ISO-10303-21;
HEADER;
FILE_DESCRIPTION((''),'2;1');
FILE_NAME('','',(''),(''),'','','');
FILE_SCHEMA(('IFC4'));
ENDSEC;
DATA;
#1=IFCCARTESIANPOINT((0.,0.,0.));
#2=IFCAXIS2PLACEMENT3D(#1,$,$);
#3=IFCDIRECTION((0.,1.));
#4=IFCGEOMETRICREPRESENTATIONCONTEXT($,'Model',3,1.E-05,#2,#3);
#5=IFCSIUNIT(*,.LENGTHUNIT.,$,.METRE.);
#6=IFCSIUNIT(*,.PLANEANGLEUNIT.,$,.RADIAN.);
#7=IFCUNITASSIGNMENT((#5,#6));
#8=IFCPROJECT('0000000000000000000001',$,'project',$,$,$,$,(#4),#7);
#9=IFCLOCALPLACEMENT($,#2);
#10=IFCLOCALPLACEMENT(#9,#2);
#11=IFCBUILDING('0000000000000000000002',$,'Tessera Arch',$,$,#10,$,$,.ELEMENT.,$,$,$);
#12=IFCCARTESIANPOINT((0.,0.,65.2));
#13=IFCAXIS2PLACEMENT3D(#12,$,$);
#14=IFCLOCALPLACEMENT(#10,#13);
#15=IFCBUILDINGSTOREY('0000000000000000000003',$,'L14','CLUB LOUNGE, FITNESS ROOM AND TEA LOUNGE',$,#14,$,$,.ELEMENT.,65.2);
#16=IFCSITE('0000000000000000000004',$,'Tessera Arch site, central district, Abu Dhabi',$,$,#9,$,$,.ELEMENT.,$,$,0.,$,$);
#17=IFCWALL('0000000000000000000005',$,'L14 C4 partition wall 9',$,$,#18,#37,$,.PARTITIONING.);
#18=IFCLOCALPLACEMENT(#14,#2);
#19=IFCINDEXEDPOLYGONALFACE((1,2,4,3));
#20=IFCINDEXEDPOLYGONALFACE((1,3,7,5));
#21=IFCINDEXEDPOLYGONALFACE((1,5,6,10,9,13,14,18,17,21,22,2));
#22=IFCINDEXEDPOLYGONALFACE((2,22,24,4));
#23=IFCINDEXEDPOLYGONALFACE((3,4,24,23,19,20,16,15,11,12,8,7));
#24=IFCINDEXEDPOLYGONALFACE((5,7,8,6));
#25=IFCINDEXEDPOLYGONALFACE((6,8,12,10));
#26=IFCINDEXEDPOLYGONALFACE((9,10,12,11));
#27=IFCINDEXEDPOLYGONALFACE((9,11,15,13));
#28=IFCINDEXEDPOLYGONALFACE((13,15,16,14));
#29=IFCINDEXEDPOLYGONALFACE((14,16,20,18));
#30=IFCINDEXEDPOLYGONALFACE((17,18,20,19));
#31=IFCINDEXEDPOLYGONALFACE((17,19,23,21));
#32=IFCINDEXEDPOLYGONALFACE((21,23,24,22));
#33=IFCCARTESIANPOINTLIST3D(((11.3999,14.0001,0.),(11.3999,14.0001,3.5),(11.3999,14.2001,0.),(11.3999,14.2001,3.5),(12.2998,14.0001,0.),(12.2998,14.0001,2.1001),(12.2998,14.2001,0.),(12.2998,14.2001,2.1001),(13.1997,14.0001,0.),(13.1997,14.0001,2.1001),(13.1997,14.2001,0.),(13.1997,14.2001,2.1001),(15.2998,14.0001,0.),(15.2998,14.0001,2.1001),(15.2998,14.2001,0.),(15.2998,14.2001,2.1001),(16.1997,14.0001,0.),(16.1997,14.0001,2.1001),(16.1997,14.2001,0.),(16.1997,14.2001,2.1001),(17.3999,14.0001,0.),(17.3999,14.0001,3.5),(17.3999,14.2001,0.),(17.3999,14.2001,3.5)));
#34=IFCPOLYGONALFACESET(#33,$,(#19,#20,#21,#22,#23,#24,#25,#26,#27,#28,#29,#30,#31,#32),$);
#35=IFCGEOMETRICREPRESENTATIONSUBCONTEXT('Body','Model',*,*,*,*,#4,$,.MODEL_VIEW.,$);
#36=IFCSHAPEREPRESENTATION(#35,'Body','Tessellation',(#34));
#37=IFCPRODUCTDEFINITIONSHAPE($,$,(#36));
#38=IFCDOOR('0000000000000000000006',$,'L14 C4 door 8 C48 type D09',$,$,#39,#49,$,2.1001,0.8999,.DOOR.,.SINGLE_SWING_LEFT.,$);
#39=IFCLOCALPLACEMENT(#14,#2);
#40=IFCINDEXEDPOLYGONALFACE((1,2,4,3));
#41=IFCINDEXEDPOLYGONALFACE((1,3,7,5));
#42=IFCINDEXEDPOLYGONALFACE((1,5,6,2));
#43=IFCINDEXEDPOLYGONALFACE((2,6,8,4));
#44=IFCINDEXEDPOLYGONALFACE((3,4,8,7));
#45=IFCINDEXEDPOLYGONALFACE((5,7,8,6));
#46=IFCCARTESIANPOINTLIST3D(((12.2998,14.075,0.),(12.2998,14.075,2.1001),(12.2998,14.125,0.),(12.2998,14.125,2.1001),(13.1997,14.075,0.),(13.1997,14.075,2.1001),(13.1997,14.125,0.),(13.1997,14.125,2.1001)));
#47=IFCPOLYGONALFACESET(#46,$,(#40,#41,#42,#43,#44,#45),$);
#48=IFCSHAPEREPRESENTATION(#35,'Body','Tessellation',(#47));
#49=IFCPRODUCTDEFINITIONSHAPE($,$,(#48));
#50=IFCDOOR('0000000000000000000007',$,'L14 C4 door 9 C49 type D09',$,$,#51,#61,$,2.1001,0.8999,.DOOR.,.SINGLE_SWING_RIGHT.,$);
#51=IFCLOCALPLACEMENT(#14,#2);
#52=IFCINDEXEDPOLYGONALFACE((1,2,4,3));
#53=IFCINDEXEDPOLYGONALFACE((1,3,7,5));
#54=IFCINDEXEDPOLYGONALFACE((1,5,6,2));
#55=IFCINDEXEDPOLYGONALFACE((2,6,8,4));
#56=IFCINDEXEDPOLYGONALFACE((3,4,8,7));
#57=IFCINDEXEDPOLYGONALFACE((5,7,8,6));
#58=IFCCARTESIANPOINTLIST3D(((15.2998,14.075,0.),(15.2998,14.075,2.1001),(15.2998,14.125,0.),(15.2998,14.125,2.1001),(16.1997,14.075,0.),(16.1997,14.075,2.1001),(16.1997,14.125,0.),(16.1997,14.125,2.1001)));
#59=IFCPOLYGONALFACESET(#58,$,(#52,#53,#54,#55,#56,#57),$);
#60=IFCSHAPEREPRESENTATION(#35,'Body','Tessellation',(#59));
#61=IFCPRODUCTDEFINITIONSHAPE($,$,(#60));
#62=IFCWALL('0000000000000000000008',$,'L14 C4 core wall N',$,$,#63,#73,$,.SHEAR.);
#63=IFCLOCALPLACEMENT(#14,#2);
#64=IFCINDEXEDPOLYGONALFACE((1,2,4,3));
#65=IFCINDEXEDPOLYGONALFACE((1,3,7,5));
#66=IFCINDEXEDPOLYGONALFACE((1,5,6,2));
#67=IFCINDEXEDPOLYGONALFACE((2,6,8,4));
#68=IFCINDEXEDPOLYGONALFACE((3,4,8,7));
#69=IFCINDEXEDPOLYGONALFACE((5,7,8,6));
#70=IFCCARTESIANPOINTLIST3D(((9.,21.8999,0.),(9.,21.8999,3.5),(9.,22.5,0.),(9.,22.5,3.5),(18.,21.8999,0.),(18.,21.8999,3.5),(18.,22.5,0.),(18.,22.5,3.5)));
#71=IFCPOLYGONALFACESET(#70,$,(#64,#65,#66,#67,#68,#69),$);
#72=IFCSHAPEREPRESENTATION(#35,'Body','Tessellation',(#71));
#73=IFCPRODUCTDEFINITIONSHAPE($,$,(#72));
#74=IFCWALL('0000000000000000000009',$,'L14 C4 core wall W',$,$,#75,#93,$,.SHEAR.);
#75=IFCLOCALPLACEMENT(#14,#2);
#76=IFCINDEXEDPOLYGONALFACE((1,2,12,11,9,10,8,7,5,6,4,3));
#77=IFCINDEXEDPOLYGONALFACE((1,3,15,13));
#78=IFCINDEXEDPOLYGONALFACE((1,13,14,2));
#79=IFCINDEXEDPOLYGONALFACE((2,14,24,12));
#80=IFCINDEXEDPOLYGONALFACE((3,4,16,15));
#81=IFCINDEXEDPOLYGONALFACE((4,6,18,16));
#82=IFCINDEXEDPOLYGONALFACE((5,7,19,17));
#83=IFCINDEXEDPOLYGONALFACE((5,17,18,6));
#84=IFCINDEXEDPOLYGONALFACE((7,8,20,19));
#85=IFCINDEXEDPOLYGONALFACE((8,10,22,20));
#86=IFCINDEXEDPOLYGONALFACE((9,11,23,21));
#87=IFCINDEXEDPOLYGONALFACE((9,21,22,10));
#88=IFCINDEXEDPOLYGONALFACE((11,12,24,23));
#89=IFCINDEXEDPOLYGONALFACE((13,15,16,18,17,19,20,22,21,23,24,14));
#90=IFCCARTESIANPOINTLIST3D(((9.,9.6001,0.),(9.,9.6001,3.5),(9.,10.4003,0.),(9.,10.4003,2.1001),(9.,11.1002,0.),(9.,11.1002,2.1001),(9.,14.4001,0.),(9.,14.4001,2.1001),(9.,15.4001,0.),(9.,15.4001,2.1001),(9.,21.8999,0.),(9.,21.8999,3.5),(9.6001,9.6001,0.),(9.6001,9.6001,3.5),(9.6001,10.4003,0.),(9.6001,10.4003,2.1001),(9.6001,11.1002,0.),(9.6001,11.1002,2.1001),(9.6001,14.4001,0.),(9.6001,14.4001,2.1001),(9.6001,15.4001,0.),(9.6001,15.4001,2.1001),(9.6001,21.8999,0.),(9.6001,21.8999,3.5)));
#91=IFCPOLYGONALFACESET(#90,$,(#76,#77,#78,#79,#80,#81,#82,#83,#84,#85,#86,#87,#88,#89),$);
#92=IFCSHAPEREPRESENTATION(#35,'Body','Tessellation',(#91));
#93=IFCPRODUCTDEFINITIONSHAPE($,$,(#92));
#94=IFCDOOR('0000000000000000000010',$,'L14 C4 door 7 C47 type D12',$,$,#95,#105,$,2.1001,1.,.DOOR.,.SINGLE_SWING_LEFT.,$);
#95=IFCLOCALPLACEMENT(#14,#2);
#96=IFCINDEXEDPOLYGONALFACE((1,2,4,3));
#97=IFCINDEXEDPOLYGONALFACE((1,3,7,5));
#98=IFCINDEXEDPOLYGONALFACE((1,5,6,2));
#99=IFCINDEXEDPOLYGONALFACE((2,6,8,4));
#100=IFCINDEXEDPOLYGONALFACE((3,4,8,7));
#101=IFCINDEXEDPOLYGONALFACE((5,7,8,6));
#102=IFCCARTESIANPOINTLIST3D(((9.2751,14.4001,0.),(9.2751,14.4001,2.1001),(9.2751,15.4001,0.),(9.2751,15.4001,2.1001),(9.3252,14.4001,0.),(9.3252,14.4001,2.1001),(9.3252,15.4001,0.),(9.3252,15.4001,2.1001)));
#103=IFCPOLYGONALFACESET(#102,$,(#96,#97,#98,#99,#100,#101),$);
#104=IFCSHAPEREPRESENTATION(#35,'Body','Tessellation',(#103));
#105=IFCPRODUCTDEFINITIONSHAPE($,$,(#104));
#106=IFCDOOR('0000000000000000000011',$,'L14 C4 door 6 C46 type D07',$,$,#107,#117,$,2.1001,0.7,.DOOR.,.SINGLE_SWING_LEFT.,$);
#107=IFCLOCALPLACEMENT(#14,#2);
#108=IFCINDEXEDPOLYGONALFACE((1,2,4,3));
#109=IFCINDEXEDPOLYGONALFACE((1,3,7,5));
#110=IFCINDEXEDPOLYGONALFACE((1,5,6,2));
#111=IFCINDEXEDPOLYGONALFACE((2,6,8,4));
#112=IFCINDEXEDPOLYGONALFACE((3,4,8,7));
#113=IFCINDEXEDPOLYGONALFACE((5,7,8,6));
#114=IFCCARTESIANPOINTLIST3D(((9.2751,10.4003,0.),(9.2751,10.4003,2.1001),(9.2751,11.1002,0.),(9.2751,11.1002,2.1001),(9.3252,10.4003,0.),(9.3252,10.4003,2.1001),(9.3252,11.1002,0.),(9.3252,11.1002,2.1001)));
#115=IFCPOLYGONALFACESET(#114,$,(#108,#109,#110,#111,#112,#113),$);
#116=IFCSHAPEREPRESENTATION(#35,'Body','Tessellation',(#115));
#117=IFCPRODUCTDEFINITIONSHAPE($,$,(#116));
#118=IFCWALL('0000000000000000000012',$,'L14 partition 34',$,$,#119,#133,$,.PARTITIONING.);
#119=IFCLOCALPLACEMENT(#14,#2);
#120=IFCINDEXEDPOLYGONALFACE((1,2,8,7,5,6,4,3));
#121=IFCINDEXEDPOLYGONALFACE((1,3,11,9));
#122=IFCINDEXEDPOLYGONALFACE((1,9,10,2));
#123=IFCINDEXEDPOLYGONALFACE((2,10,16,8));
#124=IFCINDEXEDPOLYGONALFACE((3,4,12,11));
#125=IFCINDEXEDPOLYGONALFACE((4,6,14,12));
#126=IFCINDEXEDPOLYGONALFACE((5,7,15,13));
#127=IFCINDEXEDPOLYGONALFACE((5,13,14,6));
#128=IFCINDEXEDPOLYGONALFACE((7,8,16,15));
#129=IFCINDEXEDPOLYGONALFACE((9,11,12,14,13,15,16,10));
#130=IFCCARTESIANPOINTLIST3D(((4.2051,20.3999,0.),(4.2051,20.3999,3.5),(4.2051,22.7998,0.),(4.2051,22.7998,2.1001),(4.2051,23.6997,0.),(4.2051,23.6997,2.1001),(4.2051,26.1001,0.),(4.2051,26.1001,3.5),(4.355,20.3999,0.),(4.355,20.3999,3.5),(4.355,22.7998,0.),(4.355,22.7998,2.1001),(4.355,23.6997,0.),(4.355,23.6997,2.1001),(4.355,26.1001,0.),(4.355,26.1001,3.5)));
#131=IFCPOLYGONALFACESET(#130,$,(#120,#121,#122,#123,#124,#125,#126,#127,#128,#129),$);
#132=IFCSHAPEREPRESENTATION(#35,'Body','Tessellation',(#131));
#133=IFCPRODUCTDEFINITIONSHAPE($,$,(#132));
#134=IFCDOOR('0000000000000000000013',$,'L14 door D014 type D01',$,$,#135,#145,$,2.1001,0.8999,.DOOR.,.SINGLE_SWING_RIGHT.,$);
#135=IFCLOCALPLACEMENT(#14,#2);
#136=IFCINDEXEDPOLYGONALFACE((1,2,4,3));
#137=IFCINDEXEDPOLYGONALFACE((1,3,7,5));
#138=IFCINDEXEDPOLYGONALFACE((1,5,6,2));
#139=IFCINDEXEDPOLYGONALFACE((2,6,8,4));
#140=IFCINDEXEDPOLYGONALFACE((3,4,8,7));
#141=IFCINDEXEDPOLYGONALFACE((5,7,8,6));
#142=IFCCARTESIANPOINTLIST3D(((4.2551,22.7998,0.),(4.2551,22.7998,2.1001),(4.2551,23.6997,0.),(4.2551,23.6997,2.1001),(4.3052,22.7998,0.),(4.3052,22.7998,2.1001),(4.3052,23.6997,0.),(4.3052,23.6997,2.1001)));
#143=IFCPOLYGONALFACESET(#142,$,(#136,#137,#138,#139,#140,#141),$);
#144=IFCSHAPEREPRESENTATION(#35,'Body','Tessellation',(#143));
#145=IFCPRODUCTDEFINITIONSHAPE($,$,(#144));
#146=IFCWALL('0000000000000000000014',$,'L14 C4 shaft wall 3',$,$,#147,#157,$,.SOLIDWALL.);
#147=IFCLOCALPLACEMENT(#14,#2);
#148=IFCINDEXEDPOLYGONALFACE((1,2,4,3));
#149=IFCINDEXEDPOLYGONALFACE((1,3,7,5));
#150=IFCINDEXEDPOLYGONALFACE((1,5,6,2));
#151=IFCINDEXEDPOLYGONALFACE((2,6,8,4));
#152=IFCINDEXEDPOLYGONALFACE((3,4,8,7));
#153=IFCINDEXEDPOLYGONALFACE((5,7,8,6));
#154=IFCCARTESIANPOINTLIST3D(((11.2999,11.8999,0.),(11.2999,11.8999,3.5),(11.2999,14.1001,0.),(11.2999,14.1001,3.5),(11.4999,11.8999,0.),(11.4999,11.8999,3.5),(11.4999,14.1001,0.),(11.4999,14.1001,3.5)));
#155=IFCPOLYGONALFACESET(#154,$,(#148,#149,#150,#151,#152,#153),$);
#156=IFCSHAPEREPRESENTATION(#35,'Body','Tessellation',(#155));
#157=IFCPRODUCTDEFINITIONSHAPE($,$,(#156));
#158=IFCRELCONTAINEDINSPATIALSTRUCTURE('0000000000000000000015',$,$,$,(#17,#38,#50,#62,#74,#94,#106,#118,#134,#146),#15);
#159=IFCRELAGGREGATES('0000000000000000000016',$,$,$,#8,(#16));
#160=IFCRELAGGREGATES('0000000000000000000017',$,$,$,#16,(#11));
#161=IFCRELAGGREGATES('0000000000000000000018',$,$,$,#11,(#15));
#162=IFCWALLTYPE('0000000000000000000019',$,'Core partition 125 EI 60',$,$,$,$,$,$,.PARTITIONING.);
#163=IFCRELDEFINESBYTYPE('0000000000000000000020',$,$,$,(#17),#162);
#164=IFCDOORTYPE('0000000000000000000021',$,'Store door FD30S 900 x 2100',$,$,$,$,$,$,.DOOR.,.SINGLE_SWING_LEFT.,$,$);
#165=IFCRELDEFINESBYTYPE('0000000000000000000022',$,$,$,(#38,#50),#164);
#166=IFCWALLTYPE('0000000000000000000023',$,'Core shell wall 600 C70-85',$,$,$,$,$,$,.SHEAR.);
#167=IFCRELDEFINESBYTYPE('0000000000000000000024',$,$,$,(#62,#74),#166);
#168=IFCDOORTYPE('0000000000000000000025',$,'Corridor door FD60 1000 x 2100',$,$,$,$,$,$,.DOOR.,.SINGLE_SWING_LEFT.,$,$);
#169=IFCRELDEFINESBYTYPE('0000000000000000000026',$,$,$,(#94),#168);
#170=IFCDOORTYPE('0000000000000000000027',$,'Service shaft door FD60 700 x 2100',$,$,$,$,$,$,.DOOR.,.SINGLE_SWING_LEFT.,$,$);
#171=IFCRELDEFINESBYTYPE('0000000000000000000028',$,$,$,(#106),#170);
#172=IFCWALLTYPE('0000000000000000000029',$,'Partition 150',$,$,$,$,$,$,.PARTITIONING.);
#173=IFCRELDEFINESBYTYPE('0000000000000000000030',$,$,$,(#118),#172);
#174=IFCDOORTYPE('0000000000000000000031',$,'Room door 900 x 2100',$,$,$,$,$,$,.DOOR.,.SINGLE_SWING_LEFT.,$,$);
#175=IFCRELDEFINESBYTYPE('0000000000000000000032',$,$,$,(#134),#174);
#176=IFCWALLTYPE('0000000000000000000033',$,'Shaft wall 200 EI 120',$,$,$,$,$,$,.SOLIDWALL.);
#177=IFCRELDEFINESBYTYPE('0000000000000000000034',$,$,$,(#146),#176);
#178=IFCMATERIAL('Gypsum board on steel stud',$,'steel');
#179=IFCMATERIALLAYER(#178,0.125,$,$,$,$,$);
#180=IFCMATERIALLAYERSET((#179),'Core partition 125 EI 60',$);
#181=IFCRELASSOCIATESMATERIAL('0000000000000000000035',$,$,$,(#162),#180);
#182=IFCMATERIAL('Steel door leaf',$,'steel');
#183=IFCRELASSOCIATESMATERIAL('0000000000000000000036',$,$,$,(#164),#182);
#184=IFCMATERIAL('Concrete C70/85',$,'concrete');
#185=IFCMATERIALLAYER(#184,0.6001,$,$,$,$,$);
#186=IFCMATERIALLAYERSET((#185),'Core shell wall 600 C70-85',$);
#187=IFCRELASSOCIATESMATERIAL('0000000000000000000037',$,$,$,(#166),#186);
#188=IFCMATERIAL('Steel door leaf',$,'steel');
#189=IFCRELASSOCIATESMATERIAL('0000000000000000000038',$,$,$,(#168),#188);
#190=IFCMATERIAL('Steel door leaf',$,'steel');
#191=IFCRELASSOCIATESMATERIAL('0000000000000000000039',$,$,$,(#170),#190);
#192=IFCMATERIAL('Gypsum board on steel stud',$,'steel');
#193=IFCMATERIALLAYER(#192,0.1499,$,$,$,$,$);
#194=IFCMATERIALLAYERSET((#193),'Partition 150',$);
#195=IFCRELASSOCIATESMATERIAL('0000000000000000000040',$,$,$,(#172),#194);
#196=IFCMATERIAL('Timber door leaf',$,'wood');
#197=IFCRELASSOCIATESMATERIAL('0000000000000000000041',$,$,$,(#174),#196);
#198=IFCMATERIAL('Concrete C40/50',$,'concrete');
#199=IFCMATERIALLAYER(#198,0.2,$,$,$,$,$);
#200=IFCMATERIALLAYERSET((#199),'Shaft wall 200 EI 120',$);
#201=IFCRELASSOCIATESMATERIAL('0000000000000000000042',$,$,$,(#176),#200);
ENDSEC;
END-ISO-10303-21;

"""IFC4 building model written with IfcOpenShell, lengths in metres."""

from ifc_helpers import new_model, si_unit, direction, frame, frame_2d, origin, place, context, subcontext, project, spatial, rectangle, extrude, material, layer, layer_set, type_object, element, fill, save


model = new_model("IFC4")

# Units and contexts
model_context = context("Model", 3, precision=1e-05, world=origin(), true_north=direction((0.0, 1.0)))
body_context = subcontext(model_context, "Body", "Model", "MODEL_VIEW")
ifc_project = project(units=[si_unit("LENGTHUNIT", "METRE"), si_unit("PLANEANGLEUNIT", "RADIAN")], contexts=[model_context])

# Site, building, storey
site_placement = place(None, origin())
site = spatial("IfcSite", under=ifc_project, at=site_placement, Name="Tessera Arch site, central district, Abu Dhabi", CompositionType="ELEMENT", RefElevation=0.0)
building_placement = place(site_placement, origin())
building = spatial("IfcBuilding", under=site, at=building_placement, Name="Tessera Arch", CompositionType="ELEMENT")
storey_placement = place(building_placement, frame((0.0, 0.0, 65.2)))
storey = spatial("IfcBuildingStorey", under=building, at=storey_placement, Name="L14", Description="CLUB LOUNGE, FITNESS ROOM AND TEA LOUNGE", CompositionType="ELEMENT", Elevation=65.2)

# Wall, openings, doors
ifc_material_1 = material(Name="Gypsum board on steel stud", Category="steel")
ifc_layer_1 = layer(ifc_material_1, 0.125)
ifc_layer_set_1 = layer_set([ifc_layer_1], Name="Core partition 125 EI 60")
wall_type_1 = type_object("IfcWallType", Name="Core partition 125 EI 60", PredefinedType="PARTITIONING", material=ifc_layer_set_1)
wall_1_placement = place(storey_placement, frame((11.3999, 14.1001, 0.0), z_axis=(0.0, 0.0, 1.0), x_axis=(1.0, 0.0, 0.0)))
wall_1 = element("IfcWall", 1, at=wall_1_placement, inside=storey, type_object=wall_type_1, Name="L14 C4 partition wall 9", PredefinedType="PARTITIONING", context=body_context, shape_type="SweptSolid", body=[
    extrude(rectangle(XDim=6.0, YDim=0.2, at=frame_2d((3.0, 0.0))), origin(), (0.0, 0.0, 1.0), 3.5),
])
opening_1_placement = place(wall_1_placement, frame((0.8999, 0.0, 0.0)))
opening_1 = element("IfcOpeningElement", 2, at=opening_1_placement, cuts=wall_1, PredefinedType="OPENING", context=body_context, shape_type="SweptSolid", body=[
    extrude(rectangle(XDim=0.8999, YDim=2.1001, at=frame_2d((0.45, 1.05))), frame((0.0, 0.1099, 0.0), z_axis=(0.0, -1.0, 0.0), x_axis=(1.0, 0.0, 0.0)), (0.0, 0.0, 1.0), 0.22),
])
opening_2_placement = place(wall_1_placement, frame((3.8999, 0.0, 0.0)))
opening_2 = element("IfcOpeningElement", 3, at=opening_2_placement, cuts=wall_1, PredefinedType="OPENING", context=body_context, shape_type="SweptSolid", body=[
    extrude(rectangle(XDim=0.8999, YDim=2.1001, at=frame_2d((0.45, 1.05))), frame((0.0, 0.1099, 0.0), z_axis=(0.0, -1.0, 0.0), x_axis=(1.0, 0.0, 0.0)), (0.0, 0.0, 1.0), 0.22),
])
ifc_material_2 = material(Name="Steel door leaf", Category="steel")
door_type_1 = type_object("IfcDoorType", Name="Store door FD30S 900 x 2100", OperationType="SINGLE_SWING_LEFT", PredefinedType="DOOR", material=ifc_material_2)
door_1_placement = place(opening_1_placement, origin())
door_1 = element("IfcDoor", 4, at=door_1_placement, inside=storey, type_object=door_type_1, Name="L14 C4 door 8 C48 type D09", OperationType="SINGLE_SWING_LEFT", OverallHeight=2.1001, OverallWidth=0.8999, PredefinedType="DOOR", context=body_context, shape_type="SweptSolid", body=[
    extrude(rectangle(XDim=0.8999, YDim=2.1001, at=frame_2d((0.45, 1.05))), frame((0.0, 0.0249, 0.0), z_axis=(0.0, -1.0, 0.0), x_axis=(1.0, 0.0, 0.0)), (0.0, 0.0, 1.0), 0.05),
])
fill(opening_1, door_1)
door_2_placement = place(opening_2_placement, origin())
door_2 = element("IfcDoor", 5, at=door_2_placement, inside=storey, type_object=door_type_1, Name="L14 C4 door 9 C49 type D09", OperationType="SINGLE_SWING_RIGHT", OverallHeight=2.1001, OverallWidth=0.8999, PredefinedType="DOOR", context=body_context, shape_type="SweptSolid", body=[
    extrude(rectangle(XDim=0.8999, YDim=2.1001, at=frame_2d((0.45, 1.05))), frame((0.0, 0.0249, 0.0), z_axis=(0.0, -1.0, 0.0), x_axis=(1.0, 0.0, 0.0)), (0.0, 0.0, 1.0), 0.05),
])
fill(opening_2, door_2)

# Wall
ifc_material_3 = material(Name="Concrete C70/85", Category="concrete")
ifc_layer_2 = layer(ifc_material_3, 0.6001)
ifc_layer_set_2 = layer_set([ifc_layer_2], Name="Core shell wall 600 C70-85")
wall_type_2 = type_object("IfcWallType", Name="Core shell wall 600 C70-85", PredefinedType="SHEAR", material=ifc_layer_set_2)
wall_2_placement = place(storey_placement, frame((9.0, 22.2, 0.0), z_axis=(0.0, 0.0, 1.0), x_axis=(1.0, 0.0, 0.0)))
element("IfcWall", 6, at=wall_2_placement, inside=storey, type_object=wall_type_2, Name="L14 C4 core wall N", PredefinedType="SHEAR", context=body_context, shape_type="SweptSolid", body=[
    extrude(rectangle(XDim=9.0, YDim=0.6001, at=frame_2d((4.5, 0.0))), origin(), (0.0, 0.0, 1.0), 3.5),
])

# Wall, openings, doors
wall_3_placement = place(storey_placement, frame((9.3, 9.6001, 0.0), z_axis=(0.0, 0.0, 1.0), x_axis=(0.0, 1.0, 0.0)))
wall_3 = element("IfcWall", 7, at=wall_3_placement, inside=storey, type_object=wall_type_2, Name="L14 C4 core wall W", PredefinedType="SHEAR", context=body_context, shape_type="SweptSolid", body=[
    extrude(rectangle(XDim=12.2998, YDim=0.6001, at=frame_2d((6.1499, 0.0))), origin(), (0.0, 0.0, 1.0), 3.5),
])
opening_3_placement = place(wall_3_placement, frame((0.8, 0.0, 0.0)))
opening_3 = element("IfcOpeningElement", 8, at=opening_3_placement, cuts=wall_3, PredefinedType="OPENING", context=body_context, shape_type="SweptSolid", body=[
    extrude(rectangle(XDim=0.7, YDim=2.1001, at=frame_2d((0.3501, 1.05))), frame((0.0, 0.3101, 0.0), z_axis=(0.0, -1.0, 0.0), x_axis=(1.0, 0.0, 0.0)), (0.0, 0.0, 1.0), 0.6201),
])
opening_4_placement = place(wall_3_placement, frame((4.8, 0.0, 0.0)))
opening_4 = element("IfcOpeningElement", 9, at=opening_4_placement, cuts=wall_3, PredefinedType="OPENING", context=body_context, shape_type="SweptSolid", body=[
    extrude(rectangle(XDim=1.0, YDim=2.1001, at=frame_2d((0.5, 1.05))), frame((0.0, 0.3101, 0.0), z_axis=(0.0, -1.0, 0.0), x_axis=(1.0, 0.0, 0.0)), (0.0, 0.0, 1.0), 0.6201),
])
ifc_material_4 = material(Name="Steel door leaf", Category="steel")
door_type_2 = type_object("IfcDoorType", Name="Corridor door FD60 1000 x 2100", OperationType="SINGLE_SWING_LEFT", PredefinedType="DOOR", material=ifc_material_4)
door_3_placement = place(opening_4_placement, origin())
door_3 = element("IfcDoor", 10, at=door_3_placement, inside=storey, type_object=door_type_2, Name="L14 C4 door 7 C47 type D12", OperationType="SINGLE_SWING_LEFT", OverallHeight=2.1001, OverallWidth=1.0, PredefinedType="DOOR", context=body_context, shape_type="SweptSolid", body=[
    extrude(rectangle(XDim=1.0, YDim=2.1001, at=frame_2d((0.5, 1.05))), frame((0.0, 0.0249, 0.0), z_axis=(0.0, -1.0, 0.0), x_axis=(1.0, 0.0, 0.0)), (0.0, 0.0, 1.0), 0.05),
])
fill(opening_4, door_3)
ifc_material_5 = material(Name="Steel door leaf", Category="steel")
door_type_3 = type_object("IfcDoorType", Name="Service shaft door FD60 700 x 2100", OperationType="SINGLE_SWING_LEFT", PredefinedType="DOOR", material=ifc_material_5)
door_4_placement = place(opening_3_placement, origin())
door_4 = element("IfcDoor", 11, at=door_4_placement, inside=storey, type_object=door_type_3, Name="L14 C4 door 6 C46 type D07", OperationType="SINGLE_SWING_LEFT", OverallHeight=2.1001, OverallWidth=0.7, PredefinedType="DOOR", context=body_context, shape_type="SweptSolid", body=[
    extrude(rectangle(XDim=0.7, YDim=2.1001, at=frame_2d((0.3501, 1.05))), frame((0.0, 0.0249, 0.0), z_axis=(0.0, -1.0, 0.0), x_axis=(1.0, 0.0, 0.0)), (0.0, 0.0, 1.0), 0.05),
])
fill(opening_3, door_4)

# Wall, opening, door
ifc_material_6 = material(Name="Gypsum board on steel stud", Category="steel")
ifc_layer_3 = layer(ifc_material_6, 0.1499)
ifc_layer_set_3 = layer_set([ifc_layer_3], Name="Partition 150")
wall_type_3 = type_object("IfcWallType", Name="Partition 150", PredefinedType="PARTITIONING", material=ifc_layer_set_3)
wall_4_placement = place(storey_placement, frame((4.28, 20.3999, 0.0), z_axis=(0.0, 0.0, 1.0), x_axis=(0.0, 1.0, 0.0)))
wall_4 = element("IfcWall", 12, at=wall_4_placement, inside=storey, type_object=wall_type_3, Name="L14 partition 34", PredefinedType="PARTITIONING", context=body_context, shape_type="SweptSolid", body=[
    extrude(rectangle(XDim=5.7002, YDim=0.1499, at=frame_2d((2.8501, 0.0))), origin(), (0.0, 0.0, 1.0), 3.5),
])
opening_5_placement = place(wall_4_placement, frame((2.3999, 0.0, 0.0)))
opening_5 = element("IfcOpeningElement", 13, at=opening_5_placement, cuts=wall_4, PredefinedType="OPENING", context=body_context, shape_type="SweptSolid", body=[
    extrude(rectangle(XDim=0.8999, YDim=2.1001, at=frame_2d((0.45, 1.05))), frame((0.0, 0.085, 0.0), z_axis=(0.0, -1.0, 0.0), x_axis=(1.0, 0.0, 0.0)), (0.0, 0.0, 1.0), 0.1699),
])
ifc_material_7 = material(Name="Timber door leaf", Category="wood")
door_type_4 = type_object("IfcDoorType", Name="Room door 900 x 2100", OperationType="SINGLE_SWING_LEFT", PredefinedType="DOOR", material=ifc_material_7)
door_5_placement = place(opening_5_placement, origin())
door_5 = element("IfcDoor", 14, at=door_5_placement, inside=storey, type_object=door_type_4, Name="L14 door D014 type D01", OperationType="SINGLE_SWING_RIGHT", OverallHeight=2.1001, OverallWidth=0.8999, PredefinedType="DOOR", context=body_context, shape_type="SweptSolid", body=[
    extrude(rectangle(XDim=0.8999, YDim=2.1001, at=frame_2d((0.45, 1.05))), frame((0.0, 0.0249, 0.0), z_axis=(0.0, -1.0, 0.0), x_axis=(1.0, 0.0, 0.0)), (0.0, 0.0, 1.0), 0.05),
])
fill(opening_5, door_5)

# Wall
ifc_material_8 = material(Name="Concrete C40/50", Category="concrete")
ifc_layer_4 = layer(ifc_material_8, 0.2)
ifc_layer_set_4 = layer_set([ifc_layer_4], Name="Shaft wall 200 EI 120")
wall_type_4 = type_object("IfcWallType", Name="Shaft wall 200 EI 120", PredefinedType="SOLIDWALL", material=ifc_layer_set_4)
wall_5_placement = place(storey_placement, frame((11.3999, 11.8999, 0.0), z_axis=(0.0, 0.0, 1.0), x_axis=(0.0, 1.0, 0.0)))
element("IfcWall", 15, at=wall_5_placement, inside=storey, type_object=wall_type_4, Name="L14 C4 shaft wall 3", PredefinedType="SOLIDWALL", context=body_context, shape_type="SweptSolid", body=[
    extrude(rectangle(XDim=2.2002, YDim=0.2, at=frame_2d((1.1001, 0.0))), origin(), (0.0, 0.0, 1.0), 3.5),
])

save(model, "model.ifc")
